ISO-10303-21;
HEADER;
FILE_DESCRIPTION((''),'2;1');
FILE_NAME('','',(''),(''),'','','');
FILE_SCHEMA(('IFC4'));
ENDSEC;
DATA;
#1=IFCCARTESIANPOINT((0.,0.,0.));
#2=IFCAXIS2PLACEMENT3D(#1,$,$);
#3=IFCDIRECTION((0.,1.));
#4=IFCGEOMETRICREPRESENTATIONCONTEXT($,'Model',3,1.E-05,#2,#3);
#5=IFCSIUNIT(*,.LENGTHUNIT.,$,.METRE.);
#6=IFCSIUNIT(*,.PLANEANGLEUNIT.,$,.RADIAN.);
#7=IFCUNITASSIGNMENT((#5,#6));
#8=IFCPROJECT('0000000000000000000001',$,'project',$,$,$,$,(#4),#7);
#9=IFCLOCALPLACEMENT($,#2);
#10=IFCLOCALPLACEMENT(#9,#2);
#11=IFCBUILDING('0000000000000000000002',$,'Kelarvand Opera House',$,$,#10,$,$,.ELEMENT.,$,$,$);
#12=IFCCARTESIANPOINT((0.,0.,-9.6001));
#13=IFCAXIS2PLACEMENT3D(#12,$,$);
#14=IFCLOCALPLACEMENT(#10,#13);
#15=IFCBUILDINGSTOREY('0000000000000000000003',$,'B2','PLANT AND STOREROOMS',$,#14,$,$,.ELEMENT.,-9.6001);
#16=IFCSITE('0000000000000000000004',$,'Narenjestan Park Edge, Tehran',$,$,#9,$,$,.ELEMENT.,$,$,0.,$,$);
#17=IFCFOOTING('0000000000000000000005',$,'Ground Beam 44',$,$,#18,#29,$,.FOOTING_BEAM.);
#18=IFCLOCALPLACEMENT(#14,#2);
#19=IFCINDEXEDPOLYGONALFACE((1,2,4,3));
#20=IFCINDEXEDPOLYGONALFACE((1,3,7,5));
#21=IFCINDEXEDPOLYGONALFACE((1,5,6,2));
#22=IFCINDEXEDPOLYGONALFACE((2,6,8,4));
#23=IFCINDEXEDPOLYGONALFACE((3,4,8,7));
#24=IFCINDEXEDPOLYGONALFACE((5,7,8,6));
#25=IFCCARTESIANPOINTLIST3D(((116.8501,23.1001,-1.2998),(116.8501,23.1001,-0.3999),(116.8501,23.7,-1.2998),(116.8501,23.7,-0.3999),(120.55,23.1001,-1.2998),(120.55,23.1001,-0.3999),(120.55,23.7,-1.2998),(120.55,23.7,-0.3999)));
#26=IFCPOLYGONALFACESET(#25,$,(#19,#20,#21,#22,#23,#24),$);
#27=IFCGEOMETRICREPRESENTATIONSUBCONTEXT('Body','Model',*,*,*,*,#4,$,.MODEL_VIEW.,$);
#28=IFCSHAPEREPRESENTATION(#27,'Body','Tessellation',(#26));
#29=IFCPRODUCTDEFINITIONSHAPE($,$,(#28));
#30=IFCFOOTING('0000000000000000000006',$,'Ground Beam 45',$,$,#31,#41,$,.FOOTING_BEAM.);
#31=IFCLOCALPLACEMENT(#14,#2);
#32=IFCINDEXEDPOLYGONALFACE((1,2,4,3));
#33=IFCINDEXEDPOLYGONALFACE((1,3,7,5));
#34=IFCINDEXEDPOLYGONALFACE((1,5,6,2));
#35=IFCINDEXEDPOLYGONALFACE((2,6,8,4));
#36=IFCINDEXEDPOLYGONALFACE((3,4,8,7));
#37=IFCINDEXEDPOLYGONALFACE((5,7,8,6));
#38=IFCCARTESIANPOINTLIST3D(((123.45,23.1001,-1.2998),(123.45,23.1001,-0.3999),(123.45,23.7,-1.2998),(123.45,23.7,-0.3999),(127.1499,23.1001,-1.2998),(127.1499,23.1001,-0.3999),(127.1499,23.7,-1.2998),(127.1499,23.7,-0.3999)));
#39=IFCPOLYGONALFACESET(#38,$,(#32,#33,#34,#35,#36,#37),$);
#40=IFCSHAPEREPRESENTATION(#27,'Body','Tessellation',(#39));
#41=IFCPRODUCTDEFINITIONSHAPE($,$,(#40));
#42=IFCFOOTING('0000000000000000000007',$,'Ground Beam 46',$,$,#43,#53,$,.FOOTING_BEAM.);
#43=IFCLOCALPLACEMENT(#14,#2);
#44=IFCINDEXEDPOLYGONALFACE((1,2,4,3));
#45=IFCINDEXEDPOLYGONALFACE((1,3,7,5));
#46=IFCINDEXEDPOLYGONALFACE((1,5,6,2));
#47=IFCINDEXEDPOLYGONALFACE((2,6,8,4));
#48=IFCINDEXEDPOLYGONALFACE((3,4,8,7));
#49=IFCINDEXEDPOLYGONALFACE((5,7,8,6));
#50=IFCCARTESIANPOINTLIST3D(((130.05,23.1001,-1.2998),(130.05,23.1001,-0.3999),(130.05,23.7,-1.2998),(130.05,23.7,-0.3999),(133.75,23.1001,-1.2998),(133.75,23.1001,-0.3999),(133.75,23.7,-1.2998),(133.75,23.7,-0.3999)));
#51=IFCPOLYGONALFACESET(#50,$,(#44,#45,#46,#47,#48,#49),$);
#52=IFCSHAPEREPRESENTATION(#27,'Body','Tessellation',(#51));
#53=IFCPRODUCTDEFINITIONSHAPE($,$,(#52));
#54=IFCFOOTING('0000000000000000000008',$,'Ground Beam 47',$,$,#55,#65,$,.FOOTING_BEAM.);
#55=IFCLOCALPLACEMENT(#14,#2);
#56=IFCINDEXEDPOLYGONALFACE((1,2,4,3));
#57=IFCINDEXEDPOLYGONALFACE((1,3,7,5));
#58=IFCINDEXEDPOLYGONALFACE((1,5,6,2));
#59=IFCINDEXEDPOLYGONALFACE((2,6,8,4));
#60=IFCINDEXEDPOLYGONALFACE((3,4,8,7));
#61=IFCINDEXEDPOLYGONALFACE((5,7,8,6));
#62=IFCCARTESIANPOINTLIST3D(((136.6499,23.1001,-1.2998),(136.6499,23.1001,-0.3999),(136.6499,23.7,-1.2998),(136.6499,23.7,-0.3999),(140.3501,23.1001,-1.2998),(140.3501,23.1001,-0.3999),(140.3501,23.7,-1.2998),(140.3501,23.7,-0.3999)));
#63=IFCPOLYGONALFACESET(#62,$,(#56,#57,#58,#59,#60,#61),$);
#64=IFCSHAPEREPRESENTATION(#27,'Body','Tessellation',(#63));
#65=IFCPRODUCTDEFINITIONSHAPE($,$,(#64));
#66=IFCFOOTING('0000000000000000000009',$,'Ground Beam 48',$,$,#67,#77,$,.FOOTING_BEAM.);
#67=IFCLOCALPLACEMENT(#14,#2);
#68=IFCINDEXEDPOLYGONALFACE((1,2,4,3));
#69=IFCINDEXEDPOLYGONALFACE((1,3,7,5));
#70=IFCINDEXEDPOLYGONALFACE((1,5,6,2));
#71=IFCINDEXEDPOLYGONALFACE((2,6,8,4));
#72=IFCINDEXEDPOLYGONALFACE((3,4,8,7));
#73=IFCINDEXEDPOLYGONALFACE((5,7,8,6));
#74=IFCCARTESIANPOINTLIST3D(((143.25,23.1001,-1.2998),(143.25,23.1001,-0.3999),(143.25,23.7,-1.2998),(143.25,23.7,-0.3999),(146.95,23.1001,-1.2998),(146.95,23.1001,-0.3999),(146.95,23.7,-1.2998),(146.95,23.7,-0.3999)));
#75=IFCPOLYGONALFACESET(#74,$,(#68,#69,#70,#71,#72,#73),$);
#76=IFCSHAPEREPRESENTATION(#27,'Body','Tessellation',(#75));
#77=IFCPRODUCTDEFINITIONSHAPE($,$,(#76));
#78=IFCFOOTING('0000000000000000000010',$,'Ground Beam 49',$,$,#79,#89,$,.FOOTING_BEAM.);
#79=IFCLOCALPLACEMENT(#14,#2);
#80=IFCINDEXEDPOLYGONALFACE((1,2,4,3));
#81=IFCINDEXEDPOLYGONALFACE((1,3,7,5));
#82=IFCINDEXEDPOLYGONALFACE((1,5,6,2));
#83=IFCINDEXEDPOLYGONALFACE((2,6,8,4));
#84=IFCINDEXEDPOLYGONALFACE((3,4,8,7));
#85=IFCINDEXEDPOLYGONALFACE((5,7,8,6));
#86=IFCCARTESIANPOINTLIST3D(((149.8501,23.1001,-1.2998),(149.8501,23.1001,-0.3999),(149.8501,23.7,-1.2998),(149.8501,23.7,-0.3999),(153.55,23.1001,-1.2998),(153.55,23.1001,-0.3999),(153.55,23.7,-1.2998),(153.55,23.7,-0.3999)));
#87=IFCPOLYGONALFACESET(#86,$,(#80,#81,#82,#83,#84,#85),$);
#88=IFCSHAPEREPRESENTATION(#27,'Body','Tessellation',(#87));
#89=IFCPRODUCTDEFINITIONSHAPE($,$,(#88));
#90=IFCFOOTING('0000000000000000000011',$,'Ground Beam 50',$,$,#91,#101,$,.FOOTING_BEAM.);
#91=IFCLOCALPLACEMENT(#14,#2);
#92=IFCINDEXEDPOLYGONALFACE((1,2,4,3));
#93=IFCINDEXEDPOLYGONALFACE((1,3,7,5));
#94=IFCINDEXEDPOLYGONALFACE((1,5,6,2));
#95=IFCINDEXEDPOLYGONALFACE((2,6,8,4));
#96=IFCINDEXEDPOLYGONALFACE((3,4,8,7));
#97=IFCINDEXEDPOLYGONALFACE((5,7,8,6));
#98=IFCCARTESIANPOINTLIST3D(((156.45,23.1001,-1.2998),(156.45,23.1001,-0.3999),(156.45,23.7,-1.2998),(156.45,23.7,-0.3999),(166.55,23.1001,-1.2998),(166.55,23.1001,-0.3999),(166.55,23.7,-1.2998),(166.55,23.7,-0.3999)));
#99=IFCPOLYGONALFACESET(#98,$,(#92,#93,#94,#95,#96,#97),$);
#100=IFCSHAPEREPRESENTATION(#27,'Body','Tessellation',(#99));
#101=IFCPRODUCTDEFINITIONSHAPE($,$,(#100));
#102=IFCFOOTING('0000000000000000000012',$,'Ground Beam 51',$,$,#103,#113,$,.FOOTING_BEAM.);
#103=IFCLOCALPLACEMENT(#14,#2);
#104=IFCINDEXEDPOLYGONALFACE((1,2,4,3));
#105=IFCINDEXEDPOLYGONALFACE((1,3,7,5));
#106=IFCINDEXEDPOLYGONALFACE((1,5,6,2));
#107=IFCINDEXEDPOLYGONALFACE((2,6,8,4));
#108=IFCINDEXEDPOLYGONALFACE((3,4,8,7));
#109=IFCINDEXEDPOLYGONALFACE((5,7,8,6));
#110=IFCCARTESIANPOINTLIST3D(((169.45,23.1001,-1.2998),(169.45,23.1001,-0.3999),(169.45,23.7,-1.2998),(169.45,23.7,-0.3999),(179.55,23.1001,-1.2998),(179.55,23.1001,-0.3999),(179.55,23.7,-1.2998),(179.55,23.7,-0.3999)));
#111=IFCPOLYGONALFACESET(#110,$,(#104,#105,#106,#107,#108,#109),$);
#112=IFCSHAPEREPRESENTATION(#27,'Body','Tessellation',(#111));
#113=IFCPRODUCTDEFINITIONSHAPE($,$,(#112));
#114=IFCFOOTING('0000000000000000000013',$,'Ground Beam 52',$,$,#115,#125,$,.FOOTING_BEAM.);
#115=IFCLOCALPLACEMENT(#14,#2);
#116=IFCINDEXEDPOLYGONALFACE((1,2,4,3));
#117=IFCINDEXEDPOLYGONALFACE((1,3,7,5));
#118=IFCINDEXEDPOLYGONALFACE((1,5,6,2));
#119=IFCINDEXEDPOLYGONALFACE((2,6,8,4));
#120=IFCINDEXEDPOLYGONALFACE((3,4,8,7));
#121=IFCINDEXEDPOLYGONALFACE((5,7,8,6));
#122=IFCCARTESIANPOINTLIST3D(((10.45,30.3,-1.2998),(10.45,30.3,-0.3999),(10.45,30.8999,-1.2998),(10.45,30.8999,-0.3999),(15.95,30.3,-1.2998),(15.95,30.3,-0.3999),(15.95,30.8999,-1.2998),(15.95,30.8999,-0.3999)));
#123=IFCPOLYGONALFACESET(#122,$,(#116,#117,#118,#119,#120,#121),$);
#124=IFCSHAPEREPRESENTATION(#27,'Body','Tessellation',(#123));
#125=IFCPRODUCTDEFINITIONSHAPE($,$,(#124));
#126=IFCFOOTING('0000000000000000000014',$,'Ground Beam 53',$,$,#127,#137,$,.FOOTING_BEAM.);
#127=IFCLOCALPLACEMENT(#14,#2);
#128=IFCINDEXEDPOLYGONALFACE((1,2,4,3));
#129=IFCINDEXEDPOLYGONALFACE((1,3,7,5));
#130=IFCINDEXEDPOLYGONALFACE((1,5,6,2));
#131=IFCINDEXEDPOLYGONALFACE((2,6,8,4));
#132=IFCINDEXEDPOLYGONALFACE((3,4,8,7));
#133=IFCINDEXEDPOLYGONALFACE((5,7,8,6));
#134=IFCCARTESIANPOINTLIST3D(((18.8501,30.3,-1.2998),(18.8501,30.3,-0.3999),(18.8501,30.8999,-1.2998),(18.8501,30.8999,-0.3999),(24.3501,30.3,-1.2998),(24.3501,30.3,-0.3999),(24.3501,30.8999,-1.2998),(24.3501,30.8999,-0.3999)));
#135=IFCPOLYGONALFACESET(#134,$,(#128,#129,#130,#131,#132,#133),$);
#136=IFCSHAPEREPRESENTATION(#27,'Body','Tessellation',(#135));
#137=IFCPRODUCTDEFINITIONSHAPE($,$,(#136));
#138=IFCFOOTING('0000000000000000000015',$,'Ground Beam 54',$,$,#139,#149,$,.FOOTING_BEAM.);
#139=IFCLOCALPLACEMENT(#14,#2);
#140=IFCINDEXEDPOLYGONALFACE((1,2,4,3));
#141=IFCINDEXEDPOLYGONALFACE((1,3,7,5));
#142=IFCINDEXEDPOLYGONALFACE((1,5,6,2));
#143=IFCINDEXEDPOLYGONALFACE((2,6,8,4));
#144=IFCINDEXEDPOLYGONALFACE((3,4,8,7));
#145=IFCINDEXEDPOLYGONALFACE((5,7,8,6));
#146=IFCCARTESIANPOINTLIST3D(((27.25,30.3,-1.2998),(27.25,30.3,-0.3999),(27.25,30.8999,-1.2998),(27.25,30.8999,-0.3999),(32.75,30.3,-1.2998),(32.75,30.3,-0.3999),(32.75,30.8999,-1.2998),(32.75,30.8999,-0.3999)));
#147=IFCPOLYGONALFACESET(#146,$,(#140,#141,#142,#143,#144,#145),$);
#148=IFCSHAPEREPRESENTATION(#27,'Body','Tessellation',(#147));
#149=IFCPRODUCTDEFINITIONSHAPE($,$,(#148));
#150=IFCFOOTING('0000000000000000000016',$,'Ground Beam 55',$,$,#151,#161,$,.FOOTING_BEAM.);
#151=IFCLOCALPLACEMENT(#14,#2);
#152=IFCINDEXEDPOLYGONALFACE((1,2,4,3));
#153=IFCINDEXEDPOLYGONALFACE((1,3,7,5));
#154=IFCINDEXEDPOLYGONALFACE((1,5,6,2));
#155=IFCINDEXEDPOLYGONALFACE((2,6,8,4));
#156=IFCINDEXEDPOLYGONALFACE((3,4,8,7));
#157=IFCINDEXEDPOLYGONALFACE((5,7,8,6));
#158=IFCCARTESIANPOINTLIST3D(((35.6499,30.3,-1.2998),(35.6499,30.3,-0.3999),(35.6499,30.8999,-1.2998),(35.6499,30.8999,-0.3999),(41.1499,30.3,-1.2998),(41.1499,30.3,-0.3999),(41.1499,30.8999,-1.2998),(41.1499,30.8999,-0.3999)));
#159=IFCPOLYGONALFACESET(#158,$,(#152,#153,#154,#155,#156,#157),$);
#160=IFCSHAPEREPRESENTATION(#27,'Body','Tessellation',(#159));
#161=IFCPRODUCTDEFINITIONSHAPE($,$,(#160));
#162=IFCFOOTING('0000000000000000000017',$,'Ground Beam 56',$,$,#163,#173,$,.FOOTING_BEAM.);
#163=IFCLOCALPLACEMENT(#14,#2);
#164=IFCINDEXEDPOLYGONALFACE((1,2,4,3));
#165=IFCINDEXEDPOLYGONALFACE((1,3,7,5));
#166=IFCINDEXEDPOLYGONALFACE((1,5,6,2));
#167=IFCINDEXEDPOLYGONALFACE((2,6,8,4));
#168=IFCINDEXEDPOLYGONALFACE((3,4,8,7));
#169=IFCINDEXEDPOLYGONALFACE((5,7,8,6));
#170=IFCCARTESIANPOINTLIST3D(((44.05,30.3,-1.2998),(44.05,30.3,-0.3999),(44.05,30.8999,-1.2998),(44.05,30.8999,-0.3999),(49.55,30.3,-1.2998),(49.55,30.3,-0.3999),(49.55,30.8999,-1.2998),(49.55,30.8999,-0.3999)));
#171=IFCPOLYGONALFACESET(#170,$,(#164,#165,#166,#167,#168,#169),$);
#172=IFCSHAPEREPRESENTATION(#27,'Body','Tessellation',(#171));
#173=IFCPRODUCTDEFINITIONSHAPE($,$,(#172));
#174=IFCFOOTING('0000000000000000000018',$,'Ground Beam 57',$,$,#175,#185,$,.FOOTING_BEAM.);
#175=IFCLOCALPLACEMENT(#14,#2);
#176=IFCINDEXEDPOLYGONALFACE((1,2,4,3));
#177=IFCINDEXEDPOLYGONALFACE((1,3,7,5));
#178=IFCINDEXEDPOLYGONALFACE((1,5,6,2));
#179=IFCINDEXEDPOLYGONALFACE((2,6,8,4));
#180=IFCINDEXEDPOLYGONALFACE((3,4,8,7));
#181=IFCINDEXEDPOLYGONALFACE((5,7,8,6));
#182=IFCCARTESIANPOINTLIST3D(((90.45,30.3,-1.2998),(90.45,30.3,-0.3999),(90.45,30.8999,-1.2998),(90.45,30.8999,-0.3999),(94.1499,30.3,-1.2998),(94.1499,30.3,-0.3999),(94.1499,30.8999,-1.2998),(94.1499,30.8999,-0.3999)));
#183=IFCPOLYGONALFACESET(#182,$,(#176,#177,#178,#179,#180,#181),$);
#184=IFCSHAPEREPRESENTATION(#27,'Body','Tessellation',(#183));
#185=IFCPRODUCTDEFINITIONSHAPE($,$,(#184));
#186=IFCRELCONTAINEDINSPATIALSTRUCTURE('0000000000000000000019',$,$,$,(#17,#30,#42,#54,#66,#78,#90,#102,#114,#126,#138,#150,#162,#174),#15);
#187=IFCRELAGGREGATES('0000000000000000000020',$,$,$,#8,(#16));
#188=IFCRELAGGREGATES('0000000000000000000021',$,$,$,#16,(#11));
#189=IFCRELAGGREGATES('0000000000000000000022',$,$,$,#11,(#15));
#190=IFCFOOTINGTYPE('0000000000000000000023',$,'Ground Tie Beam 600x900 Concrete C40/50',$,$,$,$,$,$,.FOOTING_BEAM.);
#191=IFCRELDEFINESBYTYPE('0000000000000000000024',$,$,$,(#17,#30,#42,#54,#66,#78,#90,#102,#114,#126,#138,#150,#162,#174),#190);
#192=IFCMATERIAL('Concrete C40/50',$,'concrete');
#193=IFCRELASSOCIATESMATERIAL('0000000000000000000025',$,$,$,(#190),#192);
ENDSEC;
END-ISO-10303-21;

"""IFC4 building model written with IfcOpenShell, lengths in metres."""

from ifc_helpers import new_model, si_unit, direction, frame, origin, place, context, subcontext, project, spatial, polyline, outline, extrude, material, type_object, element, save


model = new_model("IFC4")

# Units and contexts
model_context = context("Model", 3, precision=1e-05, world=origin(), true_north=direction((0.0, 1.0)))
body_context = subcontext(model_context, "Body", "Model", "MODEL_VIEW")
ifc_project = project(units=[si_unit("LENGTHUNIT", "METRE"), si_unit("PLANEANGLEUNIT", "RADIAN")], contexts=[model_context])

# Site, building, storey
site_placement = place(None, origin())
site = spatial("IfcSite", under=ifc_project, at=site_placement, Name="Narenjestan Park Edge, Tehran", CompositionType="ELEMENT", RefElevation=0.0)
building_placement = place(site_placement, origin())
building = spatial("IfcBuilding", under=site, at=building_placement, Name="Kelarvand Opera House", CompositionType="ELEMENT")
storey_placement = place(building_placement, frame((0.0, 0.0, -9.6001)))
storey = spatial("IfcBuildingStorey", under=building, at=storey_placement, Name="B2", Description="PLANT AND STOREROOMS", CompositionType="ELEMENT", Elevation=-9.6001)

# Footings
ifc_material = material(Name="Concrete C40/50", Category="concrete")
footing_type = type_object("IfcFootingType", Name="Ground Tie Beam 600x900 Concrete C40/50", PredefinedType="FOOTING_BEAM", material=ifc_material)
footing_1_placement = place(storey_placement, frame((0.0, 0.0, -1.2998)))
element("IfcFooting", 1, at=footing_1_placement, inside=storey, type_object=footing_type, Name="Ground Beam 44", PredefinedType="FOOTING_BEAM", context=body_context, shape_type="SweptSolid", body=[
    extrude(outline(polyline([(116.8501, 23.1001), (120.55, 23.1001), (120.55, 23.7), (116.8501, 23.7), (116.8501, 23.1001)])), origin(), (0.0, 0.0, 1.0), 0.8999),
])
footing_2_placement = place(storey_placement, frame((0.0, 0.0, -1.2998)))
element("IfcFooting", 2, at=footing_2_placement, inside=storey, type_object=footing_type, Name="Ground Beam 45", PredefinedType="FOOTING_BEAM", context=body_context, shape_type="SweptSolid", body=[
    extrude(outline(polyline([(123.45, 23.1001), (127.1499, 23.1001), (127.1499, 23.7), (123.45, 23.7), (123.45, 23.1001)])), origin(), (0.0, 0.0, 1.0), 0.8999),
])
footing_3_placement = place(storey_placement, frame((0.0, 0.0, -1.2998)))
element("IfcFooting", 3, at=footing_3_placement, inside=storey, type_object=footing_type, Name="Ground Beam 46", PredefinedType="FOOTING_BEAM", context=body_context, shape_type="SweptSolid", body=[
    extrude(outline(polyline([(130.05, 23.1001), (133.75, 23.1001), (133.75, 23.7), (130.05, 23.7), (130.05, 23.1001)])), origin(), (0.0, 0.0, 1.0), 0.8999),
])
footing_4_placement = place(storey_placement, frame((0.0, 0.0, -1.2998)))
element("IfcFooting", 4, at=footing_4_placement, inside=storey, type_object=footing_type, Name="Ground Beam 47", PredefinedType="FOOTING_BEAM", context=body_context, shape_type="SweptSolid", body=[
    extrude(outline(polyline([(136.6499, 23.1001), (140.3501, 23.1001), (140.3501, 23.7), (136.6499, 23.7), (136.6499, 23.1001)])), origin(), (0.0, 0.0, 1.0), 0.8999),
])
footing_5_placement = place(storey_placement, frame((0.0, 0.0, -1.2998)))
element("IfcFooting", 5, at=footing_5_placement, inside=storey, type_object=footing_type, Name="Ground Beam 48", PredefinedType="FOOTING_BEAM", context=body_context, shape_type="SweptSolid", body=[
    extrude(outline(polyline([(143.25, 23.1001), (146.95, 23.1001), (146.95, 23.7), (143.25, 23.7), (143.25, 23.1001)])), origin(), (0.0, 0.0, 1.0), 0.8999),
])
footing_6_placement = place(storey_placement, frame((0.0, 0.0, -1.2998)))
element("IfcFooting", 6, at=footing_6_placement, inside=storey, type_object=footing_type, Name="Ground Beam 49", PredefinedType="FOOTING_BEAM", context=body_context, shape_type="SweptSolid", body=[
    extrude(outline(polyline([(149.8501, 23.1001), (153.55, 23.1001), (153.55, 23.7), (149.8501, 23.7), (149.8501, 23.1001)])), origin(), (0.0, 0.0, 1.0), 0.8999),
])
footing_7_placement = place(storey_placement, frame((0.0, 0.0, -1.2998)))
element("IfcFooting", 7, at=footing_7_placement, inside=storey, type_object=footing_type, Name="Ground Beam 50", PredefinedType="FOOTING_BEAM", context=body_context, shape_type="SweptSolid", body=[
    extrude(outline(polyline([(156.45, 23.1001), (166.55, 23.1001), (166.55, 23.7), (156.45, 23.7), (156.45, 23.1001)])), origin(), (0.0, 0.0, 1.0), 0.8999),
])
footing_8_placement = place(storey_placement, frame((0.0, 0.0, -1.2998)))
element("IfcFooting", 8, at=footing_8_placement, inside=storey, type_object=footing_type, Name="Ground Beam 51", PredefinedType="FOOTING_BEAM", context=body_context, shape_type="SweptSolid", body=[
    extrude(outline(polyline([(169.45, 23.1001), (179.55, 23.1001), (179.55, 23.7), (169.45, 23.7), (169.45, 23.1001)])), origin(), (0.0, 0.0, 1.0), 0.8999),
])
footing_9_placement = place(storey_placement, frame((0.0, 0.0, -1.2998)))
element("IfcFooting", 9, at=footing_9_placement, inside=storey, type_object=footing_type, Name="Ground Beam 52", PredefinedType="FOOTING_BEAM", context=body_context, shape_type="SweptSolid", body=[
    extrude(outline(polyline([(10.45, 30.3), (15.95, 30.3), (15.95, 30.8999), (10.45, 30.8999), (10.45, 30.3)])), origin(), (0.0, 0.0, 1.0), 0.8999),
])
footing_10_placement = place(storey_placement, frame((0.0, 0.0, -1.2998)))
element("IfcFooting", 10, at=footing_10_placement, inside=storey, type_object=footing_type, Name="Ground Beam 53", PredefinedType="FOOTING_BEAM", context=body_context, shape_type="SweptSolid", body=[
    extrude(outline(polyline([(18.8501, 30.3), (24.3501, 30.3), (24.3501, 30.8999), (18.8501, 30.8999), (18.8501, 30.3)])), origin(), (0.0, 0.0, 1.0), 0.8999),
])
footing_11_placement = place(storey_placement, frame((0.0, 0.0, -1.2998)))
element("IfcFooting", 11, at=footing_11_placement, inside=storey, type_object=footing_type, Name="Ground Beam 54", PredefinedType="FOOTING_BEAM", context=body_context, shape_type="SweptSolid", body=[
    extrude(outline(polyline([(27.25, 30.3), (32.75, 30.3), (32.75, 30.8999), (27.25, 30.8999), (27.25, 30.3)])), origin(), (0.0, 0.0, 1.0), 0.8999),
])
footing_12_placement = place(storey_placement, frame((0.0, 0.0, -1.2998)))
element("IfcFooting", 12, at=footing_12_placement, inside=storey, type_object=footing_type, Name="Ground Beam 55", PredefinedType="FOOTING_BEAM", context=body_context, shape_type="SweptSolid", body=[
    extrude(outline(polyline([(35.6499, 30.3), (41.1499, 30.3), (41.1499, 30.8999), (35.6499, 30.8999), (35.6499, 30.3)])), origin(), (0.0, 0.0, 1.0), 0.8999),
])
footing_13_placement = place(storey_placement, frame((0.0, 0.0, -1.2998)))
element("IfcFooting", 13, at=footing_13_placement, inside=storey, type_object=footing_type, Name="Ground Beam 56", PredefinedType="FOOTING_BEAM", context=body_context, shape_type="SweptSolid", body=[
    extrude(outline(polyline([(44.05, 30.3), (49.55, 30.3), (49.55, 30.8999), (44.05, 30.8999), (44.05, 30.3)])), origin(), (0.0, 0.0, 1.0), 0.8999),
])
footing_14_placement = place(storey_placement, frame((0.0, 0.0, -1.2998)))
element("IfcFooting", 14, at=footing_14_placement, inside=storey, type_object=footing_type, Name="Ground Beam 57", PredefinedType="FOOTING_BEAM", context=body_context, shape_type="SweptSolid", body=[
    extrude(outline(polyline([(90.45, 30.3), (94.1499, 30.3), (94.1499, 30.8999), (90.45, 30.8999), (90.45, 30.3)])), origin(), (0.0, 0.0, 1.0), 0.8999),
])

save(model, "model.ifc")
